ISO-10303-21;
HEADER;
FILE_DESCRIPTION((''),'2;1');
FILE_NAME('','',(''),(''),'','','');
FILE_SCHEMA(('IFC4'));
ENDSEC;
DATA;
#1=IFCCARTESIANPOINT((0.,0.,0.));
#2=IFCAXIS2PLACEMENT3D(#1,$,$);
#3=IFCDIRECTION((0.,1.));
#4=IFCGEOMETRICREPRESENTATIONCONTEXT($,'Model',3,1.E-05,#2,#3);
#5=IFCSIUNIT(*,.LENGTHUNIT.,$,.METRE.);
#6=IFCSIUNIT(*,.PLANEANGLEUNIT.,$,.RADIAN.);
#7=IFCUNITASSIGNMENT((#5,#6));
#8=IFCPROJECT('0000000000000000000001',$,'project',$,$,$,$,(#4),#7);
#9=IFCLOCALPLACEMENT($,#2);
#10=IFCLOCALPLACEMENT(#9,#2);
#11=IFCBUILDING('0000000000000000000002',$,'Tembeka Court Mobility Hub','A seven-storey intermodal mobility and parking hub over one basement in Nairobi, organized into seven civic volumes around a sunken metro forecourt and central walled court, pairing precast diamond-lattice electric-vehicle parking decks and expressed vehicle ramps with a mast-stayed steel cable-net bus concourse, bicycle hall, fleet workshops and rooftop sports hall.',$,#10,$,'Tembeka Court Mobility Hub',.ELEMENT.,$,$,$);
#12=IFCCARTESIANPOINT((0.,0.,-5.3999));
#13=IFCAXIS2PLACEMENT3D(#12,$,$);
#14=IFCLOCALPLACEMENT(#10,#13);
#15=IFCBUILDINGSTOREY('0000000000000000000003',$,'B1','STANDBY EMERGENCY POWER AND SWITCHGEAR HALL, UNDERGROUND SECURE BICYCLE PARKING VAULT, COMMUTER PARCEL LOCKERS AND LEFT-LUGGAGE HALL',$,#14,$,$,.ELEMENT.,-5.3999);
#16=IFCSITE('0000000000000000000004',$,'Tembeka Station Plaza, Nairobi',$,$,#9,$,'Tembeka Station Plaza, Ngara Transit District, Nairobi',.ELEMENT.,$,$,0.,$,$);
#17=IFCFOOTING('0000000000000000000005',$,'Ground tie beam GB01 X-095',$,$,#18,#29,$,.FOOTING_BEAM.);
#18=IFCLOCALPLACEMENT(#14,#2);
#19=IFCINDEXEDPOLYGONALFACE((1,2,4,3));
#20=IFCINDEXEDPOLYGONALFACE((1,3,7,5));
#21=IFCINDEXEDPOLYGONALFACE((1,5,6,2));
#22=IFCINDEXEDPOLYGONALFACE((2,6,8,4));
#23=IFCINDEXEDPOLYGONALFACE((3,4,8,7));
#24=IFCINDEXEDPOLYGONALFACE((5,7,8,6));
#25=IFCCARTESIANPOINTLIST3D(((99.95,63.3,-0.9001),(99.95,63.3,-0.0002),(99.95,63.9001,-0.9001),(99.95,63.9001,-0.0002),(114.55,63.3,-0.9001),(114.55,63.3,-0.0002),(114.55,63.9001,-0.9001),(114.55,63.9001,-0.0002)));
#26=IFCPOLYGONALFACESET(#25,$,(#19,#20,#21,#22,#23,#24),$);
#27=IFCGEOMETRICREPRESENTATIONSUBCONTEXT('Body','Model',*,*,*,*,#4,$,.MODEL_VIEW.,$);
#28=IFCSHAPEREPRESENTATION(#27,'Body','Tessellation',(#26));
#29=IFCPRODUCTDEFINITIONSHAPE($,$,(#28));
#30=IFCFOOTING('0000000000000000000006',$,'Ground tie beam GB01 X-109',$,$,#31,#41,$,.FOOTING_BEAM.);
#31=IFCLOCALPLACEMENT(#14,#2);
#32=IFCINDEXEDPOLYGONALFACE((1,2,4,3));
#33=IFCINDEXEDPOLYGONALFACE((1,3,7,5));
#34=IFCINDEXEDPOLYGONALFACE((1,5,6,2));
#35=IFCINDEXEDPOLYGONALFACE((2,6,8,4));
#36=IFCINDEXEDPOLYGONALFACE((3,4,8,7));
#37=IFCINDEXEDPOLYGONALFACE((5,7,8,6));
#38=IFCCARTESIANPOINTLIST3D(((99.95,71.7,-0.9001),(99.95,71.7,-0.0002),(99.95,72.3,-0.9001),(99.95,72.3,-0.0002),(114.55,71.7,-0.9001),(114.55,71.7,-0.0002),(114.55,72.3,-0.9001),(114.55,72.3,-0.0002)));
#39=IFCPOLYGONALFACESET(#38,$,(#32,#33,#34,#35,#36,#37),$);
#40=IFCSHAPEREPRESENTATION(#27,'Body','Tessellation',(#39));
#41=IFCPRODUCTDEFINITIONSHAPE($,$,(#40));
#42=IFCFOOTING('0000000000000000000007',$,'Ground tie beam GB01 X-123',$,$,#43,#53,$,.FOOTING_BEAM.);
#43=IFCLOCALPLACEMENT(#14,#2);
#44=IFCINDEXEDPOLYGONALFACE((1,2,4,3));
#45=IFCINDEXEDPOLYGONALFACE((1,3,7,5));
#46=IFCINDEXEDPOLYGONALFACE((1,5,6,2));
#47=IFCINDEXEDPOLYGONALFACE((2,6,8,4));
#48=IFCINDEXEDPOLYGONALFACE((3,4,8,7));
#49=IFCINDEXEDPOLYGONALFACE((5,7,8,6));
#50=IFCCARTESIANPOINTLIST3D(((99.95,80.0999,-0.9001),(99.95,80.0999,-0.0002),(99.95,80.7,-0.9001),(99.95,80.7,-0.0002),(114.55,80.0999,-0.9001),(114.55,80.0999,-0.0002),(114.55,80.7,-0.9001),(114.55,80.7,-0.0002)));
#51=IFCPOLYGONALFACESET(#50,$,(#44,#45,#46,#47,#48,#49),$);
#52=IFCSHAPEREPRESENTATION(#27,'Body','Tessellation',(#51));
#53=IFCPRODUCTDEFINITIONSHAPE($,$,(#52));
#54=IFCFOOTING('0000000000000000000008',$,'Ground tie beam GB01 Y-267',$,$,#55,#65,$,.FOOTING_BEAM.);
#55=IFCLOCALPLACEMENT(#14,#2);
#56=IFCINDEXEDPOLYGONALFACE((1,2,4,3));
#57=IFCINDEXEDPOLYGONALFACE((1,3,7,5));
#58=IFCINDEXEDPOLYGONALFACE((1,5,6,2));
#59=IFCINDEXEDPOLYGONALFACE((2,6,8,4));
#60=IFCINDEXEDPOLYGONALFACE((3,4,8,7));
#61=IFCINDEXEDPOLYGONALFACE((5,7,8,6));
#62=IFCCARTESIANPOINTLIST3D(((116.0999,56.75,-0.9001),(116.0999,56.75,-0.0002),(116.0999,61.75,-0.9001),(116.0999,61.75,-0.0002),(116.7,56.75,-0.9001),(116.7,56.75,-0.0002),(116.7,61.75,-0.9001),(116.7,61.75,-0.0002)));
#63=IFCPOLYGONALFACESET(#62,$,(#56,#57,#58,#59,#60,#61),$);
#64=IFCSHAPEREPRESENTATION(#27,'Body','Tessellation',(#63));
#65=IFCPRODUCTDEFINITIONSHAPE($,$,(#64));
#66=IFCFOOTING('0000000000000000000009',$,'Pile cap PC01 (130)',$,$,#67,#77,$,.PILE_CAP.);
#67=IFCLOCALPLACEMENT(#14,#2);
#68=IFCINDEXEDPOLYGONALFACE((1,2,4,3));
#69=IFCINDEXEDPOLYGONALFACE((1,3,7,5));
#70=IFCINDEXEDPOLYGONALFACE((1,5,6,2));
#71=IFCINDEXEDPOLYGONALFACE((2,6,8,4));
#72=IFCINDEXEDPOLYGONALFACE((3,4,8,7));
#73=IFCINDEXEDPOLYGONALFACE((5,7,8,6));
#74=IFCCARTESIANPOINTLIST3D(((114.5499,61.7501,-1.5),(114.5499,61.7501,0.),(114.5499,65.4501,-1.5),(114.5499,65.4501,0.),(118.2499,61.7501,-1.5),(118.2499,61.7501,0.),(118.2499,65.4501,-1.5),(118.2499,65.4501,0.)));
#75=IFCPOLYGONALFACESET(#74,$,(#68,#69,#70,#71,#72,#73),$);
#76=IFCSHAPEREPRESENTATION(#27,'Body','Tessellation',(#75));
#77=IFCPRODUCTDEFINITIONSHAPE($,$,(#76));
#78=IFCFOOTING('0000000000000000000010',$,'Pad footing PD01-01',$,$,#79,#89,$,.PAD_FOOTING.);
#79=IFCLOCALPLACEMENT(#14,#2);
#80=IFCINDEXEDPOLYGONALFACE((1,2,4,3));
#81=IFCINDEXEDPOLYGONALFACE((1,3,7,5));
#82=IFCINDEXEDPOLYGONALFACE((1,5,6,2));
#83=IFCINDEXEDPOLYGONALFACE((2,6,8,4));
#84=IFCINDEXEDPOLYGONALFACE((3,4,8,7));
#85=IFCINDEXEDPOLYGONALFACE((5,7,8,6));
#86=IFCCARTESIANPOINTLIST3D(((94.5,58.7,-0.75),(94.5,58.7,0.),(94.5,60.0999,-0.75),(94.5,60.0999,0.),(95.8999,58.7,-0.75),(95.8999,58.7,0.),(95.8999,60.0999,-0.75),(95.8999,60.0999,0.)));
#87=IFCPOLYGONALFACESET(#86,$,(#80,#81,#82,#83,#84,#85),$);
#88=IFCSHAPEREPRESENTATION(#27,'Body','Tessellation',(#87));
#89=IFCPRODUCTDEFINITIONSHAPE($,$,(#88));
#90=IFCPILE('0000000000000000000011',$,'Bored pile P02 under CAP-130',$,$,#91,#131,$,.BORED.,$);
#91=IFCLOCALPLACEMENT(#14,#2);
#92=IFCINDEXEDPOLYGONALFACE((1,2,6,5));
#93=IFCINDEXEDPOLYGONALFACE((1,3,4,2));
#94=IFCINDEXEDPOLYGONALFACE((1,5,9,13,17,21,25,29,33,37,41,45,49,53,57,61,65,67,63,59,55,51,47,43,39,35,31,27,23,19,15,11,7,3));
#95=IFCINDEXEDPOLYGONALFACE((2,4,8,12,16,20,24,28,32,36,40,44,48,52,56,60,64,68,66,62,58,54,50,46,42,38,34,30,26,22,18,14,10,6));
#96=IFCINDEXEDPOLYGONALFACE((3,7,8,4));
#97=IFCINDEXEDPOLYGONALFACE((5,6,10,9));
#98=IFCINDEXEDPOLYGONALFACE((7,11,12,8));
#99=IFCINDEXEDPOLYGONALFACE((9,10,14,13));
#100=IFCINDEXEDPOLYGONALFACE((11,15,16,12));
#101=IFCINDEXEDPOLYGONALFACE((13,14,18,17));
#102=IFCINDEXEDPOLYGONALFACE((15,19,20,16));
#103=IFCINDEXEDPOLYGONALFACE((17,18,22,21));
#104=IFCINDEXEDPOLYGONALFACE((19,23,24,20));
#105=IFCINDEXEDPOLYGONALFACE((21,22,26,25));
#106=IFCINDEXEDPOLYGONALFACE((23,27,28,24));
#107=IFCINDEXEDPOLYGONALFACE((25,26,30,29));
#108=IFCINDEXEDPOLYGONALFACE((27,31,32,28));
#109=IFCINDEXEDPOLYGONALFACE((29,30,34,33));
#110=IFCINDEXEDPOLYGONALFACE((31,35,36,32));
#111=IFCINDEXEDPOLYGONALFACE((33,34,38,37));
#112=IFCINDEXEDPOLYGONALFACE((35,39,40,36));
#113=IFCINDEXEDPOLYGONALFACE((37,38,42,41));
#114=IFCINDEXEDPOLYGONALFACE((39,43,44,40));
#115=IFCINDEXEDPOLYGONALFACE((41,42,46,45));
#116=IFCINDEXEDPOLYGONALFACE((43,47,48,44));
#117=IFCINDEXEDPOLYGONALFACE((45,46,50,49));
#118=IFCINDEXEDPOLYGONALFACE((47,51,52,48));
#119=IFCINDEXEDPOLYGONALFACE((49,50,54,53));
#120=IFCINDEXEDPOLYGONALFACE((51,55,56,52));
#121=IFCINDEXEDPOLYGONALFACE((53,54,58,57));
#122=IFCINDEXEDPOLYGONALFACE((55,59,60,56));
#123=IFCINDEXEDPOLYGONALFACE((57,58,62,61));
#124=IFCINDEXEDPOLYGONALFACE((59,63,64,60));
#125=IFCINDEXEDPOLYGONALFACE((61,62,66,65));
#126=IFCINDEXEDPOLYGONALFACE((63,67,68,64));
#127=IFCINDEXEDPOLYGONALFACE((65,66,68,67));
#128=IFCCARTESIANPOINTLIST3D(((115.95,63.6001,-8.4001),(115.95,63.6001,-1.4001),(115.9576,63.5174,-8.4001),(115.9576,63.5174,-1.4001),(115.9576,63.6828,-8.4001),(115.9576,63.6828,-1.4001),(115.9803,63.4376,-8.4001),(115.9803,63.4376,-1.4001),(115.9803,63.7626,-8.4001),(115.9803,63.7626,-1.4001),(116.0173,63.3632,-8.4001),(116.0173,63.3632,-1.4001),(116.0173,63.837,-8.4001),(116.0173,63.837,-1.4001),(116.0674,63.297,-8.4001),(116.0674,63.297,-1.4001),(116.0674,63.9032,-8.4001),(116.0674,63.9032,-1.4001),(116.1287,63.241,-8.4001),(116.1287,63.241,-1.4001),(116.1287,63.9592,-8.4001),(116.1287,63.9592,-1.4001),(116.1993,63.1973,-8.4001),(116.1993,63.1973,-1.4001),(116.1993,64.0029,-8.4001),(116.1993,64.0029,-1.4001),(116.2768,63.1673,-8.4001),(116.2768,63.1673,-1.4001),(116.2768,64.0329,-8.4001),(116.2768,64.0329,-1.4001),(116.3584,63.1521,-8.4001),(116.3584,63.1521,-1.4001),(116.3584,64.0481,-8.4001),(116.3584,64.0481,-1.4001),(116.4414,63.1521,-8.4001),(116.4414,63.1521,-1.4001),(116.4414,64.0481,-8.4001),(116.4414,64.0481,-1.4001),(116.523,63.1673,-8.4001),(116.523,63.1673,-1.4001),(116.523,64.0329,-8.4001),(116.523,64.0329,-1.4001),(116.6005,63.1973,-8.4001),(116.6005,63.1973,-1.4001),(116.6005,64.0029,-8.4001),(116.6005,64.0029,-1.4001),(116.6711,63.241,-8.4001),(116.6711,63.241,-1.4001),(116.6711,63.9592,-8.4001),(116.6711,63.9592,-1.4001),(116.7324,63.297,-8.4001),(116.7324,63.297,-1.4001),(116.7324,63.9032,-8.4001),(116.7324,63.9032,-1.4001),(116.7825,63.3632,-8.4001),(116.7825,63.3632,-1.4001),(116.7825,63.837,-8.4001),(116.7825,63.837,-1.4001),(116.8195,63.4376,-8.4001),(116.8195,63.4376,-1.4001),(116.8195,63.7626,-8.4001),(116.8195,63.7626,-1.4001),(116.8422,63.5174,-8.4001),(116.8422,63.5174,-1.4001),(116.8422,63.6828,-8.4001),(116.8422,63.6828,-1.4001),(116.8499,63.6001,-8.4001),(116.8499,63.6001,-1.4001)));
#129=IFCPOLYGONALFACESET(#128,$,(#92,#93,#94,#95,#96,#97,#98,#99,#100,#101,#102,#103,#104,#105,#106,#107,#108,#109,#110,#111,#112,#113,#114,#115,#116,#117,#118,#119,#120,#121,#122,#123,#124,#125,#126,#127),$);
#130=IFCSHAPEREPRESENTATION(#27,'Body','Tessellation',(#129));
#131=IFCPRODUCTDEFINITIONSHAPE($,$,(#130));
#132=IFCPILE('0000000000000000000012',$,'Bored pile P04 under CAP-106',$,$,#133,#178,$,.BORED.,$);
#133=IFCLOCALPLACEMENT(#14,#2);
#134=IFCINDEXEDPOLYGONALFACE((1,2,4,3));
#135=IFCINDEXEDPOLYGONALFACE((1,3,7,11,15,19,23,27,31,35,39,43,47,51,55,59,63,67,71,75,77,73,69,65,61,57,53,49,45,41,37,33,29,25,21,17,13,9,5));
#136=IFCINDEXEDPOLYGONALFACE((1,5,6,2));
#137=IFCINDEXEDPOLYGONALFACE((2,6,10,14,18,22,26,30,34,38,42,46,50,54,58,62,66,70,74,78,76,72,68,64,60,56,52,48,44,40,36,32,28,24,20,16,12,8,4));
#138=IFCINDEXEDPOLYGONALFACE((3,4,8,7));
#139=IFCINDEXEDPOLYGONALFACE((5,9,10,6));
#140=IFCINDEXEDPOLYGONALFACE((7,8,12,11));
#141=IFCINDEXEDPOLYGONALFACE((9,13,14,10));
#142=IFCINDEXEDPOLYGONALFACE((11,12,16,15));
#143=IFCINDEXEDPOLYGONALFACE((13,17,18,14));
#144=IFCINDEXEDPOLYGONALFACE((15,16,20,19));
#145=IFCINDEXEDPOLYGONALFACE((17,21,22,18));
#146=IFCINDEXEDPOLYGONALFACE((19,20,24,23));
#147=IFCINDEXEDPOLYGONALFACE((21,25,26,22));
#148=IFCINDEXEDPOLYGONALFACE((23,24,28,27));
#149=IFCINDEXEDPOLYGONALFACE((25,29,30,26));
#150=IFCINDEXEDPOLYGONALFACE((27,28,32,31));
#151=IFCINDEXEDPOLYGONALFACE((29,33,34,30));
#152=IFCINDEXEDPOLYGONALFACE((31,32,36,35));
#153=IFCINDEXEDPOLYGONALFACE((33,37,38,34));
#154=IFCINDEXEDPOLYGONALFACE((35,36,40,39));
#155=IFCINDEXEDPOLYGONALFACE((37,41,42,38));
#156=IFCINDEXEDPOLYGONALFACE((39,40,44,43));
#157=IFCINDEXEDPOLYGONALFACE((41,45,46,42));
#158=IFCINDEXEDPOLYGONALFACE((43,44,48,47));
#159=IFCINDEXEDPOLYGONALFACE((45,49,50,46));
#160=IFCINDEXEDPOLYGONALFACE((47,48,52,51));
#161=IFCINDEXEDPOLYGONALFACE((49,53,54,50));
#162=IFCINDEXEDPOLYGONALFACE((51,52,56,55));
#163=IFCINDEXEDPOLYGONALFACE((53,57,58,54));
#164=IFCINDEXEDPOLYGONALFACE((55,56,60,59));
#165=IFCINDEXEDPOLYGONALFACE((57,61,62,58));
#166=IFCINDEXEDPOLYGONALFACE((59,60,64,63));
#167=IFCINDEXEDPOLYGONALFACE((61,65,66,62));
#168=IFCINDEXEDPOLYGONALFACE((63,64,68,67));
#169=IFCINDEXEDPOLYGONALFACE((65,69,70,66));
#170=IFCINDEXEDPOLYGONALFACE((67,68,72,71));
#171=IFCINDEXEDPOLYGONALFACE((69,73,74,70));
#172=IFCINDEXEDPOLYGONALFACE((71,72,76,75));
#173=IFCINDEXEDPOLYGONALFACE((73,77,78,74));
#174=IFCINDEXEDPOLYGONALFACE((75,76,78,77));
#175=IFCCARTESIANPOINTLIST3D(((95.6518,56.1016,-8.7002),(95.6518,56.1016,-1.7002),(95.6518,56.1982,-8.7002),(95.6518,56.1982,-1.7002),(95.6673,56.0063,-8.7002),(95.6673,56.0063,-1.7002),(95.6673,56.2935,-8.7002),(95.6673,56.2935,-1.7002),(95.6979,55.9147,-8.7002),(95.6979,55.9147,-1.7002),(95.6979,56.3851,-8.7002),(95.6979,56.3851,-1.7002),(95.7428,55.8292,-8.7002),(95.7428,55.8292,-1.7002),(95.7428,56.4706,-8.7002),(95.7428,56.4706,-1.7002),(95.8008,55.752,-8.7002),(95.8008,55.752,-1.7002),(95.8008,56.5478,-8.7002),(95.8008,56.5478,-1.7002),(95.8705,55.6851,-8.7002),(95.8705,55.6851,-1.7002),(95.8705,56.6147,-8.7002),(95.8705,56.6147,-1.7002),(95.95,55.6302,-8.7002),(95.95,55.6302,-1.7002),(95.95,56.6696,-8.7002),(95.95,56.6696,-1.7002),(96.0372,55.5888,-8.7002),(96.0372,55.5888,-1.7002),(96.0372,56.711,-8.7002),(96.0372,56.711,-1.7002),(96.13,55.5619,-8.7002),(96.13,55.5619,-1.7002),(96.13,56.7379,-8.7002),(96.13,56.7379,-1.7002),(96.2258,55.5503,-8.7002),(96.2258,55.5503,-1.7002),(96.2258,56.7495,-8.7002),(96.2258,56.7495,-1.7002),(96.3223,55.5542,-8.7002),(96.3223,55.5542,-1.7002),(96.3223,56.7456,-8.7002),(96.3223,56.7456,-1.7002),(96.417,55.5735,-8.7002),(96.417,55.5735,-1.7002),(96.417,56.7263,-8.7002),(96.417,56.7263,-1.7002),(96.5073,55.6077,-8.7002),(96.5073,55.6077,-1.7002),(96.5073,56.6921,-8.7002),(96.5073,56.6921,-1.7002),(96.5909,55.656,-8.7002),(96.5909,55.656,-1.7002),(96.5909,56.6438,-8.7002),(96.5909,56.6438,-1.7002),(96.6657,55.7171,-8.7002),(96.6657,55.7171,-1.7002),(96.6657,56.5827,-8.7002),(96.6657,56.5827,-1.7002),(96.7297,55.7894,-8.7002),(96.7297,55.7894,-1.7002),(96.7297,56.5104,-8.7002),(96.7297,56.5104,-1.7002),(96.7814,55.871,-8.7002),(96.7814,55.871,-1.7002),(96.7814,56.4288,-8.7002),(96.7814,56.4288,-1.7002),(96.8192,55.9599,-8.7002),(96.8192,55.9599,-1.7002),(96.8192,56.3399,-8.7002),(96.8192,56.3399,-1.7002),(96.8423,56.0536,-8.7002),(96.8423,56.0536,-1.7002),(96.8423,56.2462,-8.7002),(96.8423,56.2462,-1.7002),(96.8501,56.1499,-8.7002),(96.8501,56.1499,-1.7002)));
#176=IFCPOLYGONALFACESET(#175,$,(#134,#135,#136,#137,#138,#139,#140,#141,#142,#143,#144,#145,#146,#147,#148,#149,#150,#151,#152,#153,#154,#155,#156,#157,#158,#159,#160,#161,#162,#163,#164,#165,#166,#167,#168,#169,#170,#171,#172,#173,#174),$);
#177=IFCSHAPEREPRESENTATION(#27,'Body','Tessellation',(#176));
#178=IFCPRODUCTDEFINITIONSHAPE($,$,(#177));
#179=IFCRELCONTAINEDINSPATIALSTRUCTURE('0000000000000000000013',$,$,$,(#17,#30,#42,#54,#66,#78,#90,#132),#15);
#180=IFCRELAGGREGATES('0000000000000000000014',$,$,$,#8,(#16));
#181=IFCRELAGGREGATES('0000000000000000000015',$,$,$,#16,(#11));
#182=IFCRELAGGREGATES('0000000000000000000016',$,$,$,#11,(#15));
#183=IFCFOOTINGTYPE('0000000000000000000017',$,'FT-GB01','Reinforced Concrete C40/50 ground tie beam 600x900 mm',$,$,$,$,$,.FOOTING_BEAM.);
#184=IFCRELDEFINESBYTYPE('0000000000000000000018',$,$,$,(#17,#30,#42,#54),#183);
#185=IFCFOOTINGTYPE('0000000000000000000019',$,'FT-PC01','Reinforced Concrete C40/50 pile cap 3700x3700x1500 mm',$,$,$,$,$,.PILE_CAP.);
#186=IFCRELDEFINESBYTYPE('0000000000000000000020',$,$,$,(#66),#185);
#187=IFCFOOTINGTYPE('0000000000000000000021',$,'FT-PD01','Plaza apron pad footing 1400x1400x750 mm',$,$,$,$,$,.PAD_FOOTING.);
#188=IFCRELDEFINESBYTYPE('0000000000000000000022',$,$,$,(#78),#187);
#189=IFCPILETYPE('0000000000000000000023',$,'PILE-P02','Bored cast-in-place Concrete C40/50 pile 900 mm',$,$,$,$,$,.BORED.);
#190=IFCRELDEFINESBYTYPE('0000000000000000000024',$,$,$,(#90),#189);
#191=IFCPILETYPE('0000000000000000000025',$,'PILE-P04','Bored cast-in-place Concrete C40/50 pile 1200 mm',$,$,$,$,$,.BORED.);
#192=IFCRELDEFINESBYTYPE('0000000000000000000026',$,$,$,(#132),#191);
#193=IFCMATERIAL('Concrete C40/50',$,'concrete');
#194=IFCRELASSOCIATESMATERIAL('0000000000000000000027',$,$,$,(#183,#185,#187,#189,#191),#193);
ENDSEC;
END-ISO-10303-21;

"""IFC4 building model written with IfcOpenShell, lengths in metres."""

from ifc_helpers import new_model, si_unit, direction, frame, origin, origin_2d, place, context, subcontext, project, spatial, rectangle, circle, extrude, material, material_profile, profile_set, type_object, element, save


model = new_model("IFC4")

# Units and contexts
model_context = context("Model", 3, precision=1e-05, world=origin(), true_north=direction((0.0, 1.0)))
body_context = subcontext(model_context, "Body", "Model", "MODEL_VIEW")
ifc_project = project(units=[si_unit("LENGTHUNIT", "METRE"), si_unit("PLANEANGLEUNIT", "RADIAN")], contexts=[model_context])

# Site, building, storey
site_placement = place(None, origin())
site = spatial("IfcSite", under=ifc_project, at=site_placement, Name="Tembeka Station Plaza, Nairobi", LongName="Tembeka Station Plaza, Ngara Transit District, Nairobi", CompositionType="ELEMENT", RefElevation=0.0)
building_placement = place(site_placement, origin())
building = spatial("IfcBuilding", under=site, at=building_placement, Name="Tembeka Court Mobility Hub", Description="A seven-storey intermodal mobility and parking hub over one basement in Nairobi, organized into seven civic volumes around a sunken metro forecourt and central walled court, pairing precast diamond-lattice electric-vehicle parking decks and expressed vehicle ramps with a mast-stayed steel cable-net bus concourse, bicycle hall, fleet workshops and rooftop sports hall.", LongName="Tembeka Court Mobility Hub", CompositionType="ELEMENT")
storey_placement = place(building_placement, frame((0.0, 0.0, -5.3999)))
storey = spatial("IfcBuildingStorey", under=building, at=storey_placement, Name="B1", Description="STANDBY EMERGENCY POWER AND SWITCHGEAR HALL, UNDERGROUND SECURE BICYCLE PARKING VAULT, COMMUTER PARCEL LOCKERS AND LEFT-LUGGAGE HALL", CompositionType="ELEMENT", Elevation=-5.3999)

# Footings
ifc_material_1 = material(Name="Concrete C40/50", Category="concrete")
footing_type_1 = type_object("IfcFootingType", Name="FT-GB01", Description="Reinforced Concrete C40/50 ground tie beam 600x900 mm", PredefinedType="FOOTING_BEAM", material=ifc_material_1)
for number, where, z_axis, x_axis, name in (
    (1, (107.25, 63.6001, -0.9001), (0.0, 0.0, 1.0), (1.0, 0.0, 0.0), "Ground tie beam GB01 X-095"),
    (2, (107.25, 72.0, -0.9001), (0.0, 0.0, 1.0), (1.0, 0.0, 0.0), "Ground tie beam GB01 X-109"),
    (3, (107.25, 80.3999, -0.9001), (0.0, 0.0, 1.0), (1.0, 0.0, 0.0), "Ground tie beam GB01 X-123"),
):
    element("IfcFooting", number, at=place(storey_placement, frame(where, z_axis=z_axis, x_axis=x_axis)), inside=storey, type_object=footing_type_1, Name=name, PredefinedType="FOOTING_BEAM", context=body_context, shape_type="SweptSolid", body=[
        extrude(rectangle(XDim=14.6001, YDim=0.6001, at=origin_2d()), origin(), (0.0, 0.0, 1.0), 0.8999),
    ])
footing_1_placement = place(storey_placement, frame((116.3999, 59.25, -0.9001), z_axis=(0.0, 0.0, 1.0), x_axis=(0.0, 1.0, 0.0)))
element("IfcFooting", 4, at=footing_1_placement, inside=storey, type_object=footing_type_1, Name="Ground tie beam GB01 Y-267", PredefinedType="FOOTING_BEAM", context=body_context, shape_type="SweptSolid", body=[
    extrude(rectangle(XDim=5.0, YDim=0.6001, at=origin_2d()), origin(), (0.0, 0.0, 1.0), 0.8999),
])
footing_type_2 = type_object("IfcFootingType", Name="FT-PC01", Description="Reinforced Concrete C40/50 pile cap 3700x3700x1500 mm", PredefinedType="PILE_CAP", material=ifc_material_1)
footing_2_placement = place(storey_placement, frame((116.3999, 63.6001, -1.5), z_axis=(0.0, 0.0, 1.0), x_axis=(1.0, 0.0, 0.0)))
element("IfcFooting", 5, at=footing_2_placement, inside=storey, type_object=footing_type_2, Name="Pile cap PC01 (130)", PredefinedType="PILE_CAP", context=body_context, shape_type="SweptSolid", body=[
    extrude(rectangle(XDim=3.7, YDim=3.7, at=origin_2d()), origin(), (0.0, 0.0, 1.0), 1.5),
])
footing_type_3 = type_object("IfcFootingType", Name="FT-PD01", Description="Plaza apron pad footing 1400x1400x750 mm", PredefinedType="PAD_FOOTING", material=ifc_material_1)
footing_3_placement = place(storey_placement, frame((95.2, 59.3999, -0.75), z_axis=(0.0, 0.0, 1.0), x_axis=(1.0, 0.0, 0.0)))
element("IfcFooting", 6, at=footing_3_placement, inside=storey, type_object=footing_type_3, Name="Pad footing PD01-01", PredefinedType="PAD_FOOTING", context=body_context, shape_type="SweptSolid", body=[
    extrude(rectangle(XDim=1.3999, YDim=1.3999, at=origin_2d()), origin(), (0.0, 0.0, 1.0), 0.75),
])

# Piles
ifc_material_profile_1 = material_profile(ifc_material_1, circle(Radius=0.45, at=origin_2d()), Name="PILE D900")
ifc_profile_set_1 = profile_set([ifc_material_profile_1], Name="Concrete C40/50")
pile_type_1 = type_object("IfcPileType", Name="PILE-P02", Description="Bored cast-in-place Concrete C40/50 pile 900 mm", PredefinedType="BORED", material=ifc_profile_set_1)
pile_placement = place(storey_placement, frame((116.3999, 63.6001, -1.4001), z_axis=(0.0, 0.0, -1.0), x_axis=(1.0, 0.0, 0.0)))
element("IfcPile", 7, at=pile_placement, inside=storey, type_object=pile_type_1, Name="Bored pile P02 under CAP-130", PredefinedType="BORED", context=body_context, shape_type="SweptSolid", body=[
    extrude(circle(Radius=0.45, at=origin_2d()), origin(), (0.0, 0.0, 1.0), 7.0),
])
ifc_material_profile_2 = material_profile(ifc_material_1, circle(Radius=0.6001, at=origin_2d()), Name="PILE D1200")
ifc_profile_set_2 = profile_set([ifc_material_profile_2], Name="Concrete C40/50")
pile_type_2 = type_object("IfcPileType", Name="PILE-P04", Description="Bored cast-in-place Concrete C40/50 pile 1200 mm", PredefinedType="BORED", material=ifc_profile_set_2)
for number, where, z_axis, x_axis, name in (
    (8, (96.25, 56.1499, -1.7002), (0.0, 0.0, -1.0), (1.0, 0.0, 0.0), "Bored pile P04 under CAP-106"),
):
    element("IfcPile", number, at=place(storey_placement, frame(where, z_axis=z_axis, x_axis=x_axis)), inside=storey, type_object=pile_type_2, Name=name, PredefinedType="BORED", context=body_context, shape_type="SweptSolid", body=[
        extrude(circle(Radius=0.6001, at=origin_2d()), origin(), (0.0, 0.0, 1.0), 7.0),
    ])

save(model, "model.ifc")
